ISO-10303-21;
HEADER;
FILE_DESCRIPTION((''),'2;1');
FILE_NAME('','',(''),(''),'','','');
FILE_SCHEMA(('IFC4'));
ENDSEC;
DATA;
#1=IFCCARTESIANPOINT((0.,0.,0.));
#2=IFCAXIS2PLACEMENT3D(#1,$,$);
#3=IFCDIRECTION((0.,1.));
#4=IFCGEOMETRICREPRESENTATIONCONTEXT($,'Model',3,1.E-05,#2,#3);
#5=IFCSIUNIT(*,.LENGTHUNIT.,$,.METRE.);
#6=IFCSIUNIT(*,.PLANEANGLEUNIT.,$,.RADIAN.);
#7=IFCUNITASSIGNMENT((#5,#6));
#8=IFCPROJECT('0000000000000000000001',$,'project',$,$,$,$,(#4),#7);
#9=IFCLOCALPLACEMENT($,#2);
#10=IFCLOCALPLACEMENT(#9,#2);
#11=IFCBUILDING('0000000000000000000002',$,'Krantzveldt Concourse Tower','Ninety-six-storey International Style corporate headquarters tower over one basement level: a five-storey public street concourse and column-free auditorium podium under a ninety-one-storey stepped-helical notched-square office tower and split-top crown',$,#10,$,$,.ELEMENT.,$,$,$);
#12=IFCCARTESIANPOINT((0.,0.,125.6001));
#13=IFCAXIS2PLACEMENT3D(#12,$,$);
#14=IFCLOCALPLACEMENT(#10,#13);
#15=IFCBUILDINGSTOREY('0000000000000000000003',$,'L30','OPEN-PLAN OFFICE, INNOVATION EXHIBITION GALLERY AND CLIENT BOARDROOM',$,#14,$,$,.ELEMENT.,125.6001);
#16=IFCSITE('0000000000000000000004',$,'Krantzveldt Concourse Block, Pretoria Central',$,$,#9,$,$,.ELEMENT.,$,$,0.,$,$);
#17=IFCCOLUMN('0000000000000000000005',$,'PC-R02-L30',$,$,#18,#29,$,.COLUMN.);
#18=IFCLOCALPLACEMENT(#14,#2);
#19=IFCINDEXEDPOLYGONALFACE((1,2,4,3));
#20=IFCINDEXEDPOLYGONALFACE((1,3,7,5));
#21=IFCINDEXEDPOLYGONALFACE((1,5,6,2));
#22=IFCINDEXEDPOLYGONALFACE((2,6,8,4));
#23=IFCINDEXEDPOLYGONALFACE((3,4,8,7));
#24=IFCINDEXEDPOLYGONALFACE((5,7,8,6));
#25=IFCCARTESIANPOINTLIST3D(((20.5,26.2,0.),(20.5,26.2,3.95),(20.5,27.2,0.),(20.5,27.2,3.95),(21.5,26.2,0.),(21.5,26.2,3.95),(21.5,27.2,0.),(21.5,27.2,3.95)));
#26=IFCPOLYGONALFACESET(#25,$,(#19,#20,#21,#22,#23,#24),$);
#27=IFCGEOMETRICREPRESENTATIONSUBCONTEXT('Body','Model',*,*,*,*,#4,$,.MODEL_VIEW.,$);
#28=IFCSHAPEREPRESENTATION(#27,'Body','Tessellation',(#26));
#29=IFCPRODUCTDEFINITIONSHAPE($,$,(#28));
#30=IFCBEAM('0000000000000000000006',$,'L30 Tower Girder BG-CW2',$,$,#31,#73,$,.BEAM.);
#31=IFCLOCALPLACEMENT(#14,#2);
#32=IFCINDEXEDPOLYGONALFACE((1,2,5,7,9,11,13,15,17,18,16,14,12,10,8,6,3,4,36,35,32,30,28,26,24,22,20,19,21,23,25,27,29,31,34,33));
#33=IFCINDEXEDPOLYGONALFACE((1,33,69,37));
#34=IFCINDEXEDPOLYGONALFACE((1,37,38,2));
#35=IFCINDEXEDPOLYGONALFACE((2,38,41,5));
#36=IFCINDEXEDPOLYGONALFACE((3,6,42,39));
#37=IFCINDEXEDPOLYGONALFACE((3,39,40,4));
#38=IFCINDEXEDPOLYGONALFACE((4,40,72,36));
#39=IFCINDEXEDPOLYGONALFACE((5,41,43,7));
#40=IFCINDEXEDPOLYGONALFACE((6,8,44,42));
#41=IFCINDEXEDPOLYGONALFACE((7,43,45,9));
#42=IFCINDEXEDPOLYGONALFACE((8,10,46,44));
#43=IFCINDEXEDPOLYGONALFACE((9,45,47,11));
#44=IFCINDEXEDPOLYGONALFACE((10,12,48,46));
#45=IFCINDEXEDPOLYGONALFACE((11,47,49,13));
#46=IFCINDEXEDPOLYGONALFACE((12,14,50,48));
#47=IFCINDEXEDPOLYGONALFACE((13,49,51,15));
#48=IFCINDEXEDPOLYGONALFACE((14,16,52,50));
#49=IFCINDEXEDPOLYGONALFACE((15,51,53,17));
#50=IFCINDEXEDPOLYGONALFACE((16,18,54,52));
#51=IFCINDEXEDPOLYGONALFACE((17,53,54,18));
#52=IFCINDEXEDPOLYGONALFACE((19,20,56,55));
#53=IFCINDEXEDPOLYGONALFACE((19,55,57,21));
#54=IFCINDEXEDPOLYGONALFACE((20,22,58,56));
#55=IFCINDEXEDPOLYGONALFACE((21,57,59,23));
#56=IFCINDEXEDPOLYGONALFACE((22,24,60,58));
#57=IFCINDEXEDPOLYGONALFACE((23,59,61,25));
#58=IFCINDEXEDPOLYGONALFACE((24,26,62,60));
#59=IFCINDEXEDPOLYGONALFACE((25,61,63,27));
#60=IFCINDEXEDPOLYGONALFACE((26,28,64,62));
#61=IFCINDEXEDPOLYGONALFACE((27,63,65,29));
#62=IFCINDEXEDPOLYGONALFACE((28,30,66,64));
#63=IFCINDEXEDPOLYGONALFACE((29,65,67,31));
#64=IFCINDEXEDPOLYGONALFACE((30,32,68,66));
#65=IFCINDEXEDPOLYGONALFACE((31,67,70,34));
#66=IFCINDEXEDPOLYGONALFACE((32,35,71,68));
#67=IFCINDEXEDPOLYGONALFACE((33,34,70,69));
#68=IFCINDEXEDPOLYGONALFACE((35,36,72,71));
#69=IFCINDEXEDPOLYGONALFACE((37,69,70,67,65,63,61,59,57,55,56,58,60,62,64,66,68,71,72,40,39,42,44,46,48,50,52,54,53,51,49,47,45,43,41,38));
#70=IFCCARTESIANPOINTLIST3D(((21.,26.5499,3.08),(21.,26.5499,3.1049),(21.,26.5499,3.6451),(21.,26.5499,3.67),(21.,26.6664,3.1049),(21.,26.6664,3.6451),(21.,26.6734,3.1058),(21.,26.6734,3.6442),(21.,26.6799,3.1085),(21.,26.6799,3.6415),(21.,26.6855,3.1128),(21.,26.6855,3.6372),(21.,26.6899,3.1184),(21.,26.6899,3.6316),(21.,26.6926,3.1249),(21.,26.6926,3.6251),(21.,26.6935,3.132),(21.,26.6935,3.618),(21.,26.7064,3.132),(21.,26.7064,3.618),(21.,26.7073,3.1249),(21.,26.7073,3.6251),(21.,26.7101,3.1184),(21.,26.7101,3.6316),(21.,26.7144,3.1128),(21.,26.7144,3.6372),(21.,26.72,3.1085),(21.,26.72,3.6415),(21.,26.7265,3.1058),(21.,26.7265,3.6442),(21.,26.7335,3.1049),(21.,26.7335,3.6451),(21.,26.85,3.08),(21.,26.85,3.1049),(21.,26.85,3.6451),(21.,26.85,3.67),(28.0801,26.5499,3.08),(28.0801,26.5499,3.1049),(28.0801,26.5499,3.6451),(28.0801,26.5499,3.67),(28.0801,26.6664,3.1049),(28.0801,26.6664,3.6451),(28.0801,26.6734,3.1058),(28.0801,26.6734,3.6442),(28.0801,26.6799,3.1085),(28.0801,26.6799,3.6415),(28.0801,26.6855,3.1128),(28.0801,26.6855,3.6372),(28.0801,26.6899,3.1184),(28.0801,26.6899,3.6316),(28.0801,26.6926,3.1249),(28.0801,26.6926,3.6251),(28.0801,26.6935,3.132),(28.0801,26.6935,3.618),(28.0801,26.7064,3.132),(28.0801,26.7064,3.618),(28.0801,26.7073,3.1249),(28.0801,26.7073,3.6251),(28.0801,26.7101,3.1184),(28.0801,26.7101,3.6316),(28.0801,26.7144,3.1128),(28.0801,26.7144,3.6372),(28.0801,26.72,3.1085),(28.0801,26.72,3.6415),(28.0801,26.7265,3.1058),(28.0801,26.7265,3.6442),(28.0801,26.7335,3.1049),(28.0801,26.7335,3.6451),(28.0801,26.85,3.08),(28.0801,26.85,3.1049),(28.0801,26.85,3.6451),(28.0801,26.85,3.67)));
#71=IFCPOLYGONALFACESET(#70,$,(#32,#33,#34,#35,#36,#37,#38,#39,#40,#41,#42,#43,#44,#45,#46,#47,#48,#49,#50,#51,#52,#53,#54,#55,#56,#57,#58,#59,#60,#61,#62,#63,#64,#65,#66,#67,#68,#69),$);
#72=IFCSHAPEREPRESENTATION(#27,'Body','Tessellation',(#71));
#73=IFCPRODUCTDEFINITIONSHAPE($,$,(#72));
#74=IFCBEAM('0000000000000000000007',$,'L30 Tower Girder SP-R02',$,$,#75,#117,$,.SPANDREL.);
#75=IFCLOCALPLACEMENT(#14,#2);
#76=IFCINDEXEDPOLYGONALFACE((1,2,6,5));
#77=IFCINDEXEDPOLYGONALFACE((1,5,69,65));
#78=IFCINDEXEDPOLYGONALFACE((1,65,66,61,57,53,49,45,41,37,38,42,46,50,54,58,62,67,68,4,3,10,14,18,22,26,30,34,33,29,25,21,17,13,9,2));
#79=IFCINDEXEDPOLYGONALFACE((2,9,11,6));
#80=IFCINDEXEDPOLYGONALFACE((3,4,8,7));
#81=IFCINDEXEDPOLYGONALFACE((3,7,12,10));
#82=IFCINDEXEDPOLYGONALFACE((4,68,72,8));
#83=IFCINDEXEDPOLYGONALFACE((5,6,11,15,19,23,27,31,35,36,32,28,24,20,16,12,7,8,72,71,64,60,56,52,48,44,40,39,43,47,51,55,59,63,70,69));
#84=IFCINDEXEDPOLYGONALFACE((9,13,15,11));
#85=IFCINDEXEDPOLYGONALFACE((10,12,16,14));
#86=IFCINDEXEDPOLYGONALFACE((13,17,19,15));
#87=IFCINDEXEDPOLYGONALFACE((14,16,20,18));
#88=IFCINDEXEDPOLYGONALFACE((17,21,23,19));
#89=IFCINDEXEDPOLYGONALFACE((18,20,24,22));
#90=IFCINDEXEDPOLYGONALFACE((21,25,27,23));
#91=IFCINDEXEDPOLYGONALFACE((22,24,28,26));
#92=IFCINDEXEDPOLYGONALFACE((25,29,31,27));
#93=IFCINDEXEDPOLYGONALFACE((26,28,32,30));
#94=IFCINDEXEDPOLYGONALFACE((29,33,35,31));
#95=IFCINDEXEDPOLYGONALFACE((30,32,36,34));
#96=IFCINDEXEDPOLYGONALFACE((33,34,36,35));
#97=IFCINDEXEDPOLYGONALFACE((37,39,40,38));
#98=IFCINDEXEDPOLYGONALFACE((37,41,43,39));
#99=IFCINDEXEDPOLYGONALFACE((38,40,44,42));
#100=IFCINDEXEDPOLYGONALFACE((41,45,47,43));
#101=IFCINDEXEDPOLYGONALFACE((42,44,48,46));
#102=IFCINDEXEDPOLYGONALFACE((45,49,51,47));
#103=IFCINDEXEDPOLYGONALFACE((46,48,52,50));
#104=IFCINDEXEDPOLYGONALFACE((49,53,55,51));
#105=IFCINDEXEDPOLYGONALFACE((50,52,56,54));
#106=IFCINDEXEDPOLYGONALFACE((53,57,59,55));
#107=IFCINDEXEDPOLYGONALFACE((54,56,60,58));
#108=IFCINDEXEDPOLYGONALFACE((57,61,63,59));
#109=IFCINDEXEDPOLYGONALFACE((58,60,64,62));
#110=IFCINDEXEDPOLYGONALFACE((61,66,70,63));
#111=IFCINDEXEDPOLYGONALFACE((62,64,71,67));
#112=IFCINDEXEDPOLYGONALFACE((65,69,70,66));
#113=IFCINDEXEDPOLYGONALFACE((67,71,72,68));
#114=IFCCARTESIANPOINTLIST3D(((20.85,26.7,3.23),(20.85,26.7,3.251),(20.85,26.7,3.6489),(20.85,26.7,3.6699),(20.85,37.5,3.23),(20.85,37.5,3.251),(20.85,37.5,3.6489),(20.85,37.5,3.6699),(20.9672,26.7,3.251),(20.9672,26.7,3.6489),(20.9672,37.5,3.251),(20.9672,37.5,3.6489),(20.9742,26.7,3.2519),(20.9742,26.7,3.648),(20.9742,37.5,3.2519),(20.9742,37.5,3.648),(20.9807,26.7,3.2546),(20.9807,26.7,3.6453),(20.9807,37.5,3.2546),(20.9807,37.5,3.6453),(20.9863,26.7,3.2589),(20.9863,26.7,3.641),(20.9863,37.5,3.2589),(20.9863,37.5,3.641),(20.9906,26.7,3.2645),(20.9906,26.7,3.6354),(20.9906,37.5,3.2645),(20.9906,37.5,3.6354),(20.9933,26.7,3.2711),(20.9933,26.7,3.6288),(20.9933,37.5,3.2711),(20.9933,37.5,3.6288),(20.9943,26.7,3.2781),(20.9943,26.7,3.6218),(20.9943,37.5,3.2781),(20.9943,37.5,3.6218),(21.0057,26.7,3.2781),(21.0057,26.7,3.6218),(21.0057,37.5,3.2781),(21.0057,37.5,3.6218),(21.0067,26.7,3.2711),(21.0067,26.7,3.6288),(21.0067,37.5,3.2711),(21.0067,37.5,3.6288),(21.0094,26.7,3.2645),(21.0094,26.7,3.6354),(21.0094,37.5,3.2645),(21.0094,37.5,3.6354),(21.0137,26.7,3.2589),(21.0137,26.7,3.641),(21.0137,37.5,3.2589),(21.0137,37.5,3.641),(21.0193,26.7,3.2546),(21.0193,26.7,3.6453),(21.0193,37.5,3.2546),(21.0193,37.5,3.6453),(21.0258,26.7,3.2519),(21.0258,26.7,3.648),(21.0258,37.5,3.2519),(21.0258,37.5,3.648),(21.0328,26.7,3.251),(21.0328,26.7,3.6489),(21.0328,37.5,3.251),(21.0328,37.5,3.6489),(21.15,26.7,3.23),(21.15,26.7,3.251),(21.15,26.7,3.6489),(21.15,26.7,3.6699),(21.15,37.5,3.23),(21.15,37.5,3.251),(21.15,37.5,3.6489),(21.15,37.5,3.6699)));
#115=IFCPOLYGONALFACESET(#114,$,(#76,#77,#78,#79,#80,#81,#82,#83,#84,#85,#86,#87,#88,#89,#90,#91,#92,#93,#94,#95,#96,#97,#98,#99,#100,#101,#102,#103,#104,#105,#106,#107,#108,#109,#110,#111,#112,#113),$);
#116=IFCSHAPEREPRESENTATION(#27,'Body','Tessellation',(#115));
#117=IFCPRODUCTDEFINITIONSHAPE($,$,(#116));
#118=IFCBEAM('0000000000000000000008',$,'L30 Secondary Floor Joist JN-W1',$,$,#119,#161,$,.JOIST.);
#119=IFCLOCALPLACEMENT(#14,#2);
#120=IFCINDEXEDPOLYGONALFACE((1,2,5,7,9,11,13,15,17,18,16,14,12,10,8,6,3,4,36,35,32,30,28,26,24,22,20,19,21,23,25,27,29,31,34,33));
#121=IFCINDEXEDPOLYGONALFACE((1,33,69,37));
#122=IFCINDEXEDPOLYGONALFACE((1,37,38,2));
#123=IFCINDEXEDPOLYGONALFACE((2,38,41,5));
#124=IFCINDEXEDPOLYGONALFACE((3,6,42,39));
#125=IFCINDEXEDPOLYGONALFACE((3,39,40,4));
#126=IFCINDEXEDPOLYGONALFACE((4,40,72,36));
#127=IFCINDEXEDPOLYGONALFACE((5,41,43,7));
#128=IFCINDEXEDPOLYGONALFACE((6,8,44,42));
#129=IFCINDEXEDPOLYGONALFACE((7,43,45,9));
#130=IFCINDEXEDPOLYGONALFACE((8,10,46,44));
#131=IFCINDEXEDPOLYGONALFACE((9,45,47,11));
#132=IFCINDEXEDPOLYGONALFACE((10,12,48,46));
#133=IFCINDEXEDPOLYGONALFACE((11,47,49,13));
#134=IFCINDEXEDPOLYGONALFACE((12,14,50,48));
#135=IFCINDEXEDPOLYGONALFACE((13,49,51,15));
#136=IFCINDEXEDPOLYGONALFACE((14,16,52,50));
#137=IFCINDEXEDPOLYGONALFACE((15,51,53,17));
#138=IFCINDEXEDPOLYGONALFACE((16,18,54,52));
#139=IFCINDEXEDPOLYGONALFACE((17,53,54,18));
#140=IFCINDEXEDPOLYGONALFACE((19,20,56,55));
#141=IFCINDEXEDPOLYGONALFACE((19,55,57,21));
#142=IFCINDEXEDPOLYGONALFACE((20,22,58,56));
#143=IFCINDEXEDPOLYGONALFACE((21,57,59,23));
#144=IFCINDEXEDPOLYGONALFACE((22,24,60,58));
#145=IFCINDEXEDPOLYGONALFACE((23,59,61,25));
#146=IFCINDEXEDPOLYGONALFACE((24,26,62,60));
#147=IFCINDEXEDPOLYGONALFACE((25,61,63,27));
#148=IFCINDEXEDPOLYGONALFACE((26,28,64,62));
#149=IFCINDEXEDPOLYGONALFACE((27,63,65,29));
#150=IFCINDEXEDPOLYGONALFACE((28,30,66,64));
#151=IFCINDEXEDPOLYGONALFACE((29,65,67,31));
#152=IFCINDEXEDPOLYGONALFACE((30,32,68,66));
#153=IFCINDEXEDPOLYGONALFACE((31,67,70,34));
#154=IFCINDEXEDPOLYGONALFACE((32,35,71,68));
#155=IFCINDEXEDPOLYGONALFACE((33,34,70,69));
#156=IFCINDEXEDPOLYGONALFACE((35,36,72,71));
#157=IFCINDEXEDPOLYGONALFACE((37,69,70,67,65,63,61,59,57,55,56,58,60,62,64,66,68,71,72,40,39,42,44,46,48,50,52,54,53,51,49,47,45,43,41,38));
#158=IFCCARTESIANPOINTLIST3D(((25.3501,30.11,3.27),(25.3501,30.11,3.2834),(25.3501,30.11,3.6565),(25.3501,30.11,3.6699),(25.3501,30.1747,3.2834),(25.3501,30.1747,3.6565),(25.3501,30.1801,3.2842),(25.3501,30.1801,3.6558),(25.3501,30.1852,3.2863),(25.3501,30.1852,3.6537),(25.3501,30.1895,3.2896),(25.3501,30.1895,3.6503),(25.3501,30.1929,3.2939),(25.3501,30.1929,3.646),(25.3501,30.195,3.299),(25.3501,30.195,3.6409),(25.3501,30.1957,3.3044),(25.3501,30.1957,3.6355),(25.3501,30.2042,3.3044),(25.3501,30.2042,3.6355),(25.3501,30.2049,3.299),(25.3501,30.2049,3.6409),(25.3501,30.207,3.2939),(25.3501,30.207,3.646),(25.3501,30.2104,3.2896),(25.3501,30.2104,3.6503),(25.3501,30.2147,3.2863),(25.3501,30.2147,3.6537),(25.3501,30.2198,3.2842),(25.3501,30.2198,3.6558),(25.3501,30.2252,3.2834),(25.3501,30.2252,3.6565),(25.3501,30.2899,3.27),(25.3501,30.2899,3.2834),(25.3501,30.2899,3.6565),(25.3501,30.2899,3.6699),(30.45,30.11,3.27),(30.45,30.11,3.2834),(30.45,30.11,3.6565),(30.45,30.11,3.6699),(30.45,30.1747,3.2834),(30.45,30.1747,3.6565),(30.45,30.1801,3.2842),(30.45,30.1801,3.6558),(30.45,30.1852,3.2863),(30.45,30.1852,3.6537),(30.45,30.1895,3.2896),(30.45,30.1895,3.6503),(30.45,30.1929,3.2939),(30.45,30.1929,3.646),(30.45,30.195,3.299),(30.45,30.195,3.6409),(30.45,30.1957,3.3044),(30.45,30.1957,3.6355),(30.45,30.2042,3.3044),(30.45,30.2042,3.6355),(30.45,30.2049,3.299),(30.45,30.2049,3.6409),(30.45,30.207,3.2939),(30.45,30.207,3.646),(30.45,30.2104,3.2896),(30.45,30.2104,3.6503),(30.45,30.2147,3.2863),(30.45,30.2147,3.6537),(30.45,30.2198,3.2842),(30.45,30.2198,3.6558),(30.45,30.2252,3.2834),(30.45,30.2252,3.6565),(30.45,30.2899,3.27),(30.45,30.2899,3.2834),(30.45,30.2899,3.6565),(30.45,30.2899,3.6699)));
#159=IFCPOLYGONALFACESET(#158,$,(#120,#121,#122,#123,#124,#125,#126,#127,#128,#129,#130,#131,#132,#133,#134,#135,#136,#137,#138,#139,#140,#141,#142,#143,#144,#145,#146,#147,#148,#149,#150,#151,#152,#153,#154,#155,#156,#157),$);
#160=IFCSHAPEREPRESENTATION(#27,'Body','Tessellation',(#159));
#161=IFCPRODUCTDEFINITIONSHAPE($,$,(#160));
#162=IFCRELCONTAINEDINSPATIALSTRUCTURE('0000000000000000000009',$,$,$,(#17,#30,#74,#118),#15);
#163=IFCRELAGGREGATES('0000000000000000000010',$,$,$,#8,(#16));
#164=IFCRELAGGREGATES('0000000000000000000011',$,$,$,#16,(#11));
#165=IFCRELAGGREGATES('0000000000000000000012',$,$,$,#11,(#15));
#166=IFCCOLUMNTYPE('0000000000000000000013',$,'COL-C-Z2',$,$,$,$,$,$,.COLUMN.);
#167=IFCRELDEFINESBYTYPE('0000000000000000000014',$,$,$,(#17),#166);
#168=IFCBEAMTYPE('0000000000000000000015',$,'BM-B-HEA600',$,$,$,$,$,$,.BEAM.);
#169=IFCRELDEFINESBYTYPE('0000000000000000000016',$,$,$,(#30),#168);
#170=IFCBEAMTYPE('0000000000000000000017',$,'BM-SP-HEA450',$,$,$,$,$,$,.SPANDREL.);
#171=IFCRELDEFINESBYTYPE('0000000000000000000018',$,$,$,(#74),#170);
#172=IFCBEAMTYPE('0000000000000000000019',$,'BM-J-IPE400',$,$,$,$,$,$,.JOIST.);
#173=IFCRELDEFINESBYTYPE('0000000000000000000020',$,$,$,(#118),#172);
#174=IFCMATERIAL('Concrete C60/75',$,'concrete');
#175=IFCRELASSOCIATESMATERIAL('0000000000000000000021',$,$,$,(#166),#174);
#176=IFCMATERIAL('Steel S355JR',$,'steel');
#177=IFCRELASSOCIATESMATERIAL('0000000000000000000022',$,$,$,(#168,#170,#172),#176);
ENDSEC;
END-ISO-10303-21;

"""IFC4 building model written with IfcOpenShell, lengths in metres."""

from ifc_helpers import new_model, si_unit, direction, frame, origin, origin_2d, place, context, subcontext, project, spatial, rectangle, i_section, extrude, source, transform, mapped, material, material_profile, profile_set, type_object, type_shapes, element, save


model = new_model("IFC4")

# Units and contexts
model_context = context("Model", 3, precision=1e-05, world=origin(), true_north=direction((0.0, 1.0)))
body_context = subcontext(model_context, "Body", "Model", "MODEL_VIEW")
ifc_project = project(units=[si_unit("LENGTHUNIT", "METRE"), si_unit("PLANEANGLEUNIT", "RADIAN")], contexts=[model_context])

# Site, building, storey
site_placement = place(None, origin())
site = spatial("IfcSite", under=ifc_project, at=site_placement, Name="Krantzveldt Concourse Block, Pretoria Central", CompositionType="ELEMENT", RefElevation=0.0)
building_placement = place(site_placement, origin())
building = spatial("IfcBuilding", under=site, at=building_placement, Name="Krantzveldt Concourse Tower", Description="Ninety-six-storey International Style corporate headquarters tower over one basement level: a five-storey public street concourse and column-free auditorium podium under a ninety-one-storey stepped-helical notched-square office tower and split-top crown", CompositionType="ELEMENT")
storey_placement = place(building_placement, frame((0.0, 0.0, 125.6001)))
storey = spatial("IfcBuildingStorey", under=building, at=storey_placement, Name="L30", Description="OPEN-PLAN OFFICE, INNOVATION EXHIBITION GALLERY AND CLIENT BOARDROOM", CompositionType="ELEMENT", Elevation=125.6001)

# Column
ifc_material_1 = material(Name="Concrete C60/75", Category="concrete")
ifc_material_profile_1 = material_profile(ifc_material_1, rectangle(XDim=1.0, YDim=1.0, at=origin_2d()), Name="Concrete C60/75", Category="concrete")
ifc_profile_set_1 = profile_set([ifc_material_profile_1], Name="Concrete C60/75 - RC 1000x1000")
column_type = type_object("IfcColumnType", Name="COL-C-Z2", PredefinedType="COLUMN", material=ifc_profile_set_1)
shared_shape_1 = source(origin(), body_context, "Body", "SweptSolid", [
    extrude(rectangle(XDim=1.0, YDim=1.0, at=origin_2d()), origin(), (0.0, 0.0, 1.0), 3.95),
])
type_shapes(column_type, [shared_shape_1])
column_placement = place(storey_placement, frame((21.0, 26.7, 0.0), z_axis=(0.0, 0.0, 1.0), x_axis=(1.0, 0.0, 0.0)))
element("IfcColumn", 1, at=column_placement, inside=storey, type_object=column_type, Name="PC-R02-L30", PredefinedType="COLUMN", context=body_context, shape_type="MappedRepresentation", body=[
    mapped(shared_shape_1, transform((0.0, 0.0, 0.0), x_axis=(1.0, 0.0, 0.0), y_axis=(0.0, 1.0, 0.0), z_axis=(0.0, 0.0, 1.0), scale=1.0)),
])

# Beams
ifc_material_2 = material(Name="Steel S355JR", Category="steel")
ifc_material_profile_2 = material_profile(ifc_material_2, i_section(OverallWidth=0.3, OverallDepth=0.5901, WebThickness=0.0129, FlangeThickness=0.0249, FilletRadius=0.0271, at=origin_2d()), Name="Steel S355JR", Category="steel")
ifc_profile_set_2 = profile_set([ifc_material_profile_2], Name="Steel S355JR - HEA 600")
beam_type_1 = type_object("IfcBeamType", Name="BM-B-HEA600", PredefinedType="BEAM", material=ifc_profile_set_2)
shared_shape_2 = source(origin(), body_context, "Body", "SweptSolid", [
    extrude(i_section(OverallWidth=0.3, OverallDepth=0.5901, WebThickness=0.0129, FlangeThickness=0.0249, FilletRadius=0.0271, at=origin_2d()), origin(), (0.0, 0.0, 1.0), 7.0801),
])
type_shapes(beam_type_1, [shared_shape_2])
beam_1_placement = place(storey_placement, frame((21.0, 26.7, 3.375), z_axis=(1.0, 0.0, 0.0), x_axis=(0.0, 1.0, 0.0)))
element("IfcBeam", 2, at=beam_1_placement, inside=storey, type_object=beam_type_1, Name="L30 Tower Girder BG-CW2", PredefinedType="BEAM", context=body_context, shape_type="MappedRepresentation", body=[
    mapped(shared_shape_2, transform((0.0, 0.0, 0.0), x_axis=(1.0, 0.0, 0.0), y_axis=(0.0, 1.0, 0.0), z_axis=(0.0, 0.0, 1.0), scale=1.0)),
])
ifc_material_profile_3 = material_profile(ifc_material_2, i_section(OverallWidth=0.3, OverallDepth=0.4399, WebThickness=0.0115, FlangeThickness=0.021, FilletRadius=0.0271, at=origin_2d()), Name="Steel S355JR", Category="steel")
ifc_profile_set_3 = profile_set([ifc_material_profile_3], Name="Steel S355JR - HEA 450")
beam_type_2 = type_object("IfcBeamType", Name="BM-SP-HEA450", PredefinedType="SPANDREL", material=ifc_profile_set_3)
shared_shape_3 = source(origin(), body_context, "Body", "SweptSolid", [
    extrude(i_section(OverallWidth=0.3, OverallDepth=0.4399, WebThickness=0.0115, FlangeThickness=0.021, FilletRadius=0.0271, at=origin_2d()), origin(), (0.0, 0.0, 1.0), 10.8),
])
type_shapes(beam_type_2, [shared_shape_3])
beam_2_placement = place(storey_placement, frame((21.0, 26.7, 3.45), z_axis=(0.0, 1.0, 0.0), x_axis=(-1.0, 0.0, 0.0)))
element("IfcBeam", 3, at=beam_2_placement, inside=storey, type_object=beam_type_2, Name="L30 Tower Girder SP-R02", PredefinedType="SPANDREL", context=body_context, shape_type="MappedRepresentation", body=[
    mapped(shared_shape_3, transform((0.0, 0.0, 0.0), x_axis=(1.0, 0.0, 0.0), y_axis=(0.0, 1.0, 0.0), z_axis=(0.0, 0.0, 1.0), scale=1.0)),
])
ifc_material_profile_4 = material_profile(ifc_material_2, i_section(OverallWidth=0.1799, OverallDepth=0.3999, WebThickness=0.0085, FlangeThickness=0.0134, FilletRadius=0.021, at=origin_2d()), Name="Steel S355JR", Category="steel")
ifc_profile_set_4 = profile_set([ifc_material_profile_4], Name="Steel S355JR - IPE 400")
beam_type_3 = type_object("IfcBeamType", Name="BM-J-IPE400", PredefinedType="JOIST", material=ifc_profile_set_4)
shared_shape_4 = source(origin(), body_context, "Body", "SweptSolid", [
    extrude(i_section(OverallWidth=0.1799, OverallDepth=0.3999, WebThickness=0.0085, FlangeThickness=0.0134, FilletRadius=0.021, at=origin_2d()), origin(), (0.0, 0.0, 1.0), 5.0999),
])
type_shapes(beam_type_3, [shared_shape_4])
beam_3_placement = place(storey_placement, frame((25.3501, 30.2, 3.47), z_axis=(1.0, 0.0, 0.0), x_axis=(0.0, 1.0, 0.0)))
element("IfcBeam", 4, at=beam_3_placement, inside=storey, type_object=beam_type_3, Name="L30 Secondary Floor Joist JN-W1", PredefinedType="JOIST", context=body_context, shape_type="MappedRepresentation", body=[
    mapped(shared_shape_4, transform((0.0, 0.0, 0.0), x_axis=(1.0, 0.0, 0.0), y_axis=(0.0, 1.0, 0.0), z_axis=(0.0, 0.0, 1.0), scale=1.0)),
])

save(model, "model.ifc")
